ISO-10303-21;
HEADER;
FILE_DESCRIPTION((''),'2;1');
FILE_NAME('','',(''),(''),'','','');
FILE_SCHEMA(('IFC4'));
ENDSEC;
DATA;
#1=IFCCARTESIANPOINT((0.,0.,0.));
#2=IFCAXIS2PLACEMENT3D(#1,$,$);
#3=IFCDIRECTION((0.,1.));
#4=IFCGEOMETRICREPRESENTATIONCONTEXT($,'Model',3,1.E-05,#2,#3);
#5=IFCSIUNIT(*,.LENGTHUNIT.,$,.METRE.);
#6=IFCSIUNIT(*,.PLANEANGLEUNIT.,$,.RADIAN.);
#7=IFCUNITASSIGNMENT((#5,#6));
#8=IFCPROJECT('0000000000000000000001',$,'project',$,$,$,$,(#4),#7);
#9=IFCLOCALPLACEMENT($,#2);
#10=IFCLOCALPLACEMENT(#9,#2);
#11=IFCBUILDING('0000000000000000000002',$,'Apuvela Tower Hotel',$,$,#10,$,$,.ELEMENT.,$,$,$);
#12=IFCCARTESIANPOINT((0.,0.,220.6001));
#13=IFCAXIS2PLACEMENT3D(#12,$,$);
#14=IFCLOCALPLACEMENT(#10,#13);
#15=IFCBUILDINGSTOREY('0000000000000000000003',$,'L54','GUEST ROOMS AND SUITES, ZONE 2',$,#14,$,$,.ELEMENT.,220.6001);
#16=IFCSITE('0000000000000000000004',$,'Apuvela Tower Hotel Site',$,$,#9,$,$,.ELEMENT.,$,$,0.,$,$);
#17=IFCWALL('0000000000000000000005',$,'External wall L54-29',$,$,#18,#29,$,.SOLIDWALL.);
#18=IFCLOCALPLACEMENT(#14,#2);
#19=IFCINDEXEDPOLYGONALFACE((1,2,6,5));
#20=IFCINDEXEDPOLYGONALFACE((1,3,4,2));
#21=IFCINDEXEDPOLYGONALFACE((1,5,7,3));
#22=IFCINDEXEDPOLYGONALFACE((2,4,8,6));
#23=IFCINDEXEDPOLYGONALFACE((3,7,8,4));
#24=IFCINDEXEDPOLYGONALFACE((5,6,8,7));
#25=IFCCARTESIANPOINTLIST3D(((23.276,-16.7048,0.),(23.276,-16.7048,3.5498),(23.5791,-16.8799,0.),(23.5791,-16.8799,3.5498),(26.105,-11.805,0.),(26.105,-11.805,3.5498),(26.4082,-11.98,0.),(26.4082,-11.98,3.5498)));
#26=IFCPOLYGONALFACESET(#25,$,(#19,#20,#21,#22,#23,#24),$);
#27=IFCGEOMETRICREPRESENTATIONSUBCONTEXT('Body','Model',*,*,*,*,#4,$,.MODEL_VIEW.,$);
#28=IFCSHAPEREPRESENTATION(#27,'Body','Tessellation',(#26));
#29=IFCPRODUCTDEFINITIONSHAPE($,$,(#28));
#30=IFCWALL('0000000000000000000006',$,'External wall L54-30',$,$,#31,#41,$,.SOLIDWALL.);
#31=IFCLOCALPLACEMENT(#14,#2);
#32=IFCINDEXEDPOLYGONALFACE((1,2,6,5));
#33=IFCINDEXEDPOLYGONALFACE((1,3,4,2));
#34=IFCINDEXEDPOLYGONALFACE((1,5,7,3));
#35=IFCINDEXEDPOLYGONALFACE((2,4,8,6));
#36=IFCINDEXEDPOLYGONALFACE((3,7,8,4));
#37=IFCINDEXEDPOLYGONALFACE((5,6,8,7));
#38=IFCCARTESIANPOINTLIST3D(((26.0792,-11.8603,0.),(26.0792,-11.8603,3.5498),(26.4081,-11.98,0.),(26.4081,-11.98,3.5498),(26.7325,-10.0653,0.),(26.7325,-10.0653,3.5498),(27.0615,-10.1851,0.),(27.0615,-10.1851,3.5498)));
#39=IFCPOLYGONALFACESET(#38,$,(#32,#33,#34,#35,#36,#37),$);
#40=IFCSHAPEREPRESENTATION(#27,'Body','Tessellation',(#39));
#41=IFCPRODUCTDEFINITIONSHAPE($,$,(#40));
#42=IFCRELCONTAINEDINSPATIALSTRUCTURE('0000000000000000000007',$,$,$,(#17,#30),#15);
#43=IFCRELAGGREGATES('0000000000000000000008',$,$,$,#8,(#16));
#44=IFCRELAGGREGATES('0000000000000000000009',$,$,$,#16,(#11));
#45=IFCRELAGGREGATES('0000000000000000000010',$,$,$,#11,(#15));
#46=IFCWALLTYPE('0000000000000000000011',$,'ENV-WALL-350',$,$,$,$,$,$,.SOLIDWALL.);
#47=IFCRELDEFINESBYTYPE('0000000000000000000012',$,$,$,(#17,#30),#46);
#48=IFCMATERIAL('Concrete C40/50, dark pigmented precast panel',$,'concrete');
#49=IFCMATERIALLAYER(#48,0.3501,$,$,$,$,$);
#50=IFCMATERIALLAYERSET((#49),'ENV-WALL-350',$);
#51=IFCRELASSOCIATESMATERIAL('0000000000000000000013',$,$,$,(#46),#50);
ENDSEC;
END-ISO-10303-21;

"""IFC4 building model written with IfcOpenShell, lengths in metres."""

from ifc_helpers import new_model, si_unit, direction, frame, frame_2d, origin, place, context, subcontext, project, spatial, rectangle, extrude, material, layer, layer_set, type_object, element, save


model = new_model("IFC4")

# Units and contexts
model_context = context("Model", 3, precision=1e-05, world=origin(), true_north=direction((0.0, 1.0)))
body_context = subcontext(model_context, "Body", "Model", "MODEL_VIEW")
ifc_project = project(units=[si_unit("LENGTHUNIT", "METRE"), si_unit("PLANEANGLEUNIT", "RADIAN")], contexts=[model_context])

# Site, building, storey
site_placement = place(None, origin())
site = spatial("IfcSite", under=ifc_project, at=site_placement, Name="Apuvela Tower Hotel Site", CompositionType="ELEMENT", RefElevation=0.0)
building_placement = place(site_placement, origin())
building = spatial("IfcBuilding", under=site, at=building_placement, Name="Apuvela Tower Hotel", CompositionType="ELEMENT")
storey_placement = place(building_placement, frame((0.0, 0.0, 220.6001)))
storey = spatial("IfcBuildingStorey", under=building, at=storey_placement, Name="L54", Description="GUEST ROOMS AND SUITES, ZONE 2", CompositionType="ELEMENT", Elevation=220.6001)

# Shared definitions
ifc_material_1 = material(Name="Concrete C40/50, dark pigmented precast panel", Category="concrete")
ifc_layer_1 = layer(ifc_material_1, 0.3501)
ifc_layer_set_1 = layer_set([ifc_layer_1], Name="ENV-WALL-350")
wall_type_1 = type_object("IfcWallType", Name="ENV-WALL-350", PredefinedType="SOLIDWALL", material=ifc_layer_set_1)

# Walls
wall_1_placement = place(storey_placement, frame((23.4275, -16.7925, 0.0), z_axis=(0.0, 0.0, 1.0), x_axis=(0.500019, 0.866015, 0.0)))
element("IfcWall", 1, at=wall_1_placement, inside=storey, type_object=wall_type_1, Name="External wall L54-29", PredefinedType="SOLIDWALL", context=body_context, shape_type="SweptSolid", body=[
    extrude(rectangle(XDim=5.658, YDim=0.3501, at=frame_2d((2.8291, 0.0))), origin(), (0.0, 0.0, 1.0), 3.5498),
])
wall_2_placement = place(storey_placement, frame((26.2437, -11.9202, 0.0), z_axis=(0.0, 0.0, 1.0), x_axis=(0.34203, 0.939689, 0.0)))
element("IfcWall", 2, at=wall_2_placement, inside=storey, type_object=wall_type_1, Name="External wall L54-30", PredefinedType="SOLIDWALL", context=body_context, shape_type="SweptSolid", body=[
    extrude(rectangle(XDim=1.9102, YDim=0.3501, at=frame_2d((0.9551, 0.0))), origin(), (0.0, 0.0, 1.0), 3.5498),
])

save(model, "model.ifc")
